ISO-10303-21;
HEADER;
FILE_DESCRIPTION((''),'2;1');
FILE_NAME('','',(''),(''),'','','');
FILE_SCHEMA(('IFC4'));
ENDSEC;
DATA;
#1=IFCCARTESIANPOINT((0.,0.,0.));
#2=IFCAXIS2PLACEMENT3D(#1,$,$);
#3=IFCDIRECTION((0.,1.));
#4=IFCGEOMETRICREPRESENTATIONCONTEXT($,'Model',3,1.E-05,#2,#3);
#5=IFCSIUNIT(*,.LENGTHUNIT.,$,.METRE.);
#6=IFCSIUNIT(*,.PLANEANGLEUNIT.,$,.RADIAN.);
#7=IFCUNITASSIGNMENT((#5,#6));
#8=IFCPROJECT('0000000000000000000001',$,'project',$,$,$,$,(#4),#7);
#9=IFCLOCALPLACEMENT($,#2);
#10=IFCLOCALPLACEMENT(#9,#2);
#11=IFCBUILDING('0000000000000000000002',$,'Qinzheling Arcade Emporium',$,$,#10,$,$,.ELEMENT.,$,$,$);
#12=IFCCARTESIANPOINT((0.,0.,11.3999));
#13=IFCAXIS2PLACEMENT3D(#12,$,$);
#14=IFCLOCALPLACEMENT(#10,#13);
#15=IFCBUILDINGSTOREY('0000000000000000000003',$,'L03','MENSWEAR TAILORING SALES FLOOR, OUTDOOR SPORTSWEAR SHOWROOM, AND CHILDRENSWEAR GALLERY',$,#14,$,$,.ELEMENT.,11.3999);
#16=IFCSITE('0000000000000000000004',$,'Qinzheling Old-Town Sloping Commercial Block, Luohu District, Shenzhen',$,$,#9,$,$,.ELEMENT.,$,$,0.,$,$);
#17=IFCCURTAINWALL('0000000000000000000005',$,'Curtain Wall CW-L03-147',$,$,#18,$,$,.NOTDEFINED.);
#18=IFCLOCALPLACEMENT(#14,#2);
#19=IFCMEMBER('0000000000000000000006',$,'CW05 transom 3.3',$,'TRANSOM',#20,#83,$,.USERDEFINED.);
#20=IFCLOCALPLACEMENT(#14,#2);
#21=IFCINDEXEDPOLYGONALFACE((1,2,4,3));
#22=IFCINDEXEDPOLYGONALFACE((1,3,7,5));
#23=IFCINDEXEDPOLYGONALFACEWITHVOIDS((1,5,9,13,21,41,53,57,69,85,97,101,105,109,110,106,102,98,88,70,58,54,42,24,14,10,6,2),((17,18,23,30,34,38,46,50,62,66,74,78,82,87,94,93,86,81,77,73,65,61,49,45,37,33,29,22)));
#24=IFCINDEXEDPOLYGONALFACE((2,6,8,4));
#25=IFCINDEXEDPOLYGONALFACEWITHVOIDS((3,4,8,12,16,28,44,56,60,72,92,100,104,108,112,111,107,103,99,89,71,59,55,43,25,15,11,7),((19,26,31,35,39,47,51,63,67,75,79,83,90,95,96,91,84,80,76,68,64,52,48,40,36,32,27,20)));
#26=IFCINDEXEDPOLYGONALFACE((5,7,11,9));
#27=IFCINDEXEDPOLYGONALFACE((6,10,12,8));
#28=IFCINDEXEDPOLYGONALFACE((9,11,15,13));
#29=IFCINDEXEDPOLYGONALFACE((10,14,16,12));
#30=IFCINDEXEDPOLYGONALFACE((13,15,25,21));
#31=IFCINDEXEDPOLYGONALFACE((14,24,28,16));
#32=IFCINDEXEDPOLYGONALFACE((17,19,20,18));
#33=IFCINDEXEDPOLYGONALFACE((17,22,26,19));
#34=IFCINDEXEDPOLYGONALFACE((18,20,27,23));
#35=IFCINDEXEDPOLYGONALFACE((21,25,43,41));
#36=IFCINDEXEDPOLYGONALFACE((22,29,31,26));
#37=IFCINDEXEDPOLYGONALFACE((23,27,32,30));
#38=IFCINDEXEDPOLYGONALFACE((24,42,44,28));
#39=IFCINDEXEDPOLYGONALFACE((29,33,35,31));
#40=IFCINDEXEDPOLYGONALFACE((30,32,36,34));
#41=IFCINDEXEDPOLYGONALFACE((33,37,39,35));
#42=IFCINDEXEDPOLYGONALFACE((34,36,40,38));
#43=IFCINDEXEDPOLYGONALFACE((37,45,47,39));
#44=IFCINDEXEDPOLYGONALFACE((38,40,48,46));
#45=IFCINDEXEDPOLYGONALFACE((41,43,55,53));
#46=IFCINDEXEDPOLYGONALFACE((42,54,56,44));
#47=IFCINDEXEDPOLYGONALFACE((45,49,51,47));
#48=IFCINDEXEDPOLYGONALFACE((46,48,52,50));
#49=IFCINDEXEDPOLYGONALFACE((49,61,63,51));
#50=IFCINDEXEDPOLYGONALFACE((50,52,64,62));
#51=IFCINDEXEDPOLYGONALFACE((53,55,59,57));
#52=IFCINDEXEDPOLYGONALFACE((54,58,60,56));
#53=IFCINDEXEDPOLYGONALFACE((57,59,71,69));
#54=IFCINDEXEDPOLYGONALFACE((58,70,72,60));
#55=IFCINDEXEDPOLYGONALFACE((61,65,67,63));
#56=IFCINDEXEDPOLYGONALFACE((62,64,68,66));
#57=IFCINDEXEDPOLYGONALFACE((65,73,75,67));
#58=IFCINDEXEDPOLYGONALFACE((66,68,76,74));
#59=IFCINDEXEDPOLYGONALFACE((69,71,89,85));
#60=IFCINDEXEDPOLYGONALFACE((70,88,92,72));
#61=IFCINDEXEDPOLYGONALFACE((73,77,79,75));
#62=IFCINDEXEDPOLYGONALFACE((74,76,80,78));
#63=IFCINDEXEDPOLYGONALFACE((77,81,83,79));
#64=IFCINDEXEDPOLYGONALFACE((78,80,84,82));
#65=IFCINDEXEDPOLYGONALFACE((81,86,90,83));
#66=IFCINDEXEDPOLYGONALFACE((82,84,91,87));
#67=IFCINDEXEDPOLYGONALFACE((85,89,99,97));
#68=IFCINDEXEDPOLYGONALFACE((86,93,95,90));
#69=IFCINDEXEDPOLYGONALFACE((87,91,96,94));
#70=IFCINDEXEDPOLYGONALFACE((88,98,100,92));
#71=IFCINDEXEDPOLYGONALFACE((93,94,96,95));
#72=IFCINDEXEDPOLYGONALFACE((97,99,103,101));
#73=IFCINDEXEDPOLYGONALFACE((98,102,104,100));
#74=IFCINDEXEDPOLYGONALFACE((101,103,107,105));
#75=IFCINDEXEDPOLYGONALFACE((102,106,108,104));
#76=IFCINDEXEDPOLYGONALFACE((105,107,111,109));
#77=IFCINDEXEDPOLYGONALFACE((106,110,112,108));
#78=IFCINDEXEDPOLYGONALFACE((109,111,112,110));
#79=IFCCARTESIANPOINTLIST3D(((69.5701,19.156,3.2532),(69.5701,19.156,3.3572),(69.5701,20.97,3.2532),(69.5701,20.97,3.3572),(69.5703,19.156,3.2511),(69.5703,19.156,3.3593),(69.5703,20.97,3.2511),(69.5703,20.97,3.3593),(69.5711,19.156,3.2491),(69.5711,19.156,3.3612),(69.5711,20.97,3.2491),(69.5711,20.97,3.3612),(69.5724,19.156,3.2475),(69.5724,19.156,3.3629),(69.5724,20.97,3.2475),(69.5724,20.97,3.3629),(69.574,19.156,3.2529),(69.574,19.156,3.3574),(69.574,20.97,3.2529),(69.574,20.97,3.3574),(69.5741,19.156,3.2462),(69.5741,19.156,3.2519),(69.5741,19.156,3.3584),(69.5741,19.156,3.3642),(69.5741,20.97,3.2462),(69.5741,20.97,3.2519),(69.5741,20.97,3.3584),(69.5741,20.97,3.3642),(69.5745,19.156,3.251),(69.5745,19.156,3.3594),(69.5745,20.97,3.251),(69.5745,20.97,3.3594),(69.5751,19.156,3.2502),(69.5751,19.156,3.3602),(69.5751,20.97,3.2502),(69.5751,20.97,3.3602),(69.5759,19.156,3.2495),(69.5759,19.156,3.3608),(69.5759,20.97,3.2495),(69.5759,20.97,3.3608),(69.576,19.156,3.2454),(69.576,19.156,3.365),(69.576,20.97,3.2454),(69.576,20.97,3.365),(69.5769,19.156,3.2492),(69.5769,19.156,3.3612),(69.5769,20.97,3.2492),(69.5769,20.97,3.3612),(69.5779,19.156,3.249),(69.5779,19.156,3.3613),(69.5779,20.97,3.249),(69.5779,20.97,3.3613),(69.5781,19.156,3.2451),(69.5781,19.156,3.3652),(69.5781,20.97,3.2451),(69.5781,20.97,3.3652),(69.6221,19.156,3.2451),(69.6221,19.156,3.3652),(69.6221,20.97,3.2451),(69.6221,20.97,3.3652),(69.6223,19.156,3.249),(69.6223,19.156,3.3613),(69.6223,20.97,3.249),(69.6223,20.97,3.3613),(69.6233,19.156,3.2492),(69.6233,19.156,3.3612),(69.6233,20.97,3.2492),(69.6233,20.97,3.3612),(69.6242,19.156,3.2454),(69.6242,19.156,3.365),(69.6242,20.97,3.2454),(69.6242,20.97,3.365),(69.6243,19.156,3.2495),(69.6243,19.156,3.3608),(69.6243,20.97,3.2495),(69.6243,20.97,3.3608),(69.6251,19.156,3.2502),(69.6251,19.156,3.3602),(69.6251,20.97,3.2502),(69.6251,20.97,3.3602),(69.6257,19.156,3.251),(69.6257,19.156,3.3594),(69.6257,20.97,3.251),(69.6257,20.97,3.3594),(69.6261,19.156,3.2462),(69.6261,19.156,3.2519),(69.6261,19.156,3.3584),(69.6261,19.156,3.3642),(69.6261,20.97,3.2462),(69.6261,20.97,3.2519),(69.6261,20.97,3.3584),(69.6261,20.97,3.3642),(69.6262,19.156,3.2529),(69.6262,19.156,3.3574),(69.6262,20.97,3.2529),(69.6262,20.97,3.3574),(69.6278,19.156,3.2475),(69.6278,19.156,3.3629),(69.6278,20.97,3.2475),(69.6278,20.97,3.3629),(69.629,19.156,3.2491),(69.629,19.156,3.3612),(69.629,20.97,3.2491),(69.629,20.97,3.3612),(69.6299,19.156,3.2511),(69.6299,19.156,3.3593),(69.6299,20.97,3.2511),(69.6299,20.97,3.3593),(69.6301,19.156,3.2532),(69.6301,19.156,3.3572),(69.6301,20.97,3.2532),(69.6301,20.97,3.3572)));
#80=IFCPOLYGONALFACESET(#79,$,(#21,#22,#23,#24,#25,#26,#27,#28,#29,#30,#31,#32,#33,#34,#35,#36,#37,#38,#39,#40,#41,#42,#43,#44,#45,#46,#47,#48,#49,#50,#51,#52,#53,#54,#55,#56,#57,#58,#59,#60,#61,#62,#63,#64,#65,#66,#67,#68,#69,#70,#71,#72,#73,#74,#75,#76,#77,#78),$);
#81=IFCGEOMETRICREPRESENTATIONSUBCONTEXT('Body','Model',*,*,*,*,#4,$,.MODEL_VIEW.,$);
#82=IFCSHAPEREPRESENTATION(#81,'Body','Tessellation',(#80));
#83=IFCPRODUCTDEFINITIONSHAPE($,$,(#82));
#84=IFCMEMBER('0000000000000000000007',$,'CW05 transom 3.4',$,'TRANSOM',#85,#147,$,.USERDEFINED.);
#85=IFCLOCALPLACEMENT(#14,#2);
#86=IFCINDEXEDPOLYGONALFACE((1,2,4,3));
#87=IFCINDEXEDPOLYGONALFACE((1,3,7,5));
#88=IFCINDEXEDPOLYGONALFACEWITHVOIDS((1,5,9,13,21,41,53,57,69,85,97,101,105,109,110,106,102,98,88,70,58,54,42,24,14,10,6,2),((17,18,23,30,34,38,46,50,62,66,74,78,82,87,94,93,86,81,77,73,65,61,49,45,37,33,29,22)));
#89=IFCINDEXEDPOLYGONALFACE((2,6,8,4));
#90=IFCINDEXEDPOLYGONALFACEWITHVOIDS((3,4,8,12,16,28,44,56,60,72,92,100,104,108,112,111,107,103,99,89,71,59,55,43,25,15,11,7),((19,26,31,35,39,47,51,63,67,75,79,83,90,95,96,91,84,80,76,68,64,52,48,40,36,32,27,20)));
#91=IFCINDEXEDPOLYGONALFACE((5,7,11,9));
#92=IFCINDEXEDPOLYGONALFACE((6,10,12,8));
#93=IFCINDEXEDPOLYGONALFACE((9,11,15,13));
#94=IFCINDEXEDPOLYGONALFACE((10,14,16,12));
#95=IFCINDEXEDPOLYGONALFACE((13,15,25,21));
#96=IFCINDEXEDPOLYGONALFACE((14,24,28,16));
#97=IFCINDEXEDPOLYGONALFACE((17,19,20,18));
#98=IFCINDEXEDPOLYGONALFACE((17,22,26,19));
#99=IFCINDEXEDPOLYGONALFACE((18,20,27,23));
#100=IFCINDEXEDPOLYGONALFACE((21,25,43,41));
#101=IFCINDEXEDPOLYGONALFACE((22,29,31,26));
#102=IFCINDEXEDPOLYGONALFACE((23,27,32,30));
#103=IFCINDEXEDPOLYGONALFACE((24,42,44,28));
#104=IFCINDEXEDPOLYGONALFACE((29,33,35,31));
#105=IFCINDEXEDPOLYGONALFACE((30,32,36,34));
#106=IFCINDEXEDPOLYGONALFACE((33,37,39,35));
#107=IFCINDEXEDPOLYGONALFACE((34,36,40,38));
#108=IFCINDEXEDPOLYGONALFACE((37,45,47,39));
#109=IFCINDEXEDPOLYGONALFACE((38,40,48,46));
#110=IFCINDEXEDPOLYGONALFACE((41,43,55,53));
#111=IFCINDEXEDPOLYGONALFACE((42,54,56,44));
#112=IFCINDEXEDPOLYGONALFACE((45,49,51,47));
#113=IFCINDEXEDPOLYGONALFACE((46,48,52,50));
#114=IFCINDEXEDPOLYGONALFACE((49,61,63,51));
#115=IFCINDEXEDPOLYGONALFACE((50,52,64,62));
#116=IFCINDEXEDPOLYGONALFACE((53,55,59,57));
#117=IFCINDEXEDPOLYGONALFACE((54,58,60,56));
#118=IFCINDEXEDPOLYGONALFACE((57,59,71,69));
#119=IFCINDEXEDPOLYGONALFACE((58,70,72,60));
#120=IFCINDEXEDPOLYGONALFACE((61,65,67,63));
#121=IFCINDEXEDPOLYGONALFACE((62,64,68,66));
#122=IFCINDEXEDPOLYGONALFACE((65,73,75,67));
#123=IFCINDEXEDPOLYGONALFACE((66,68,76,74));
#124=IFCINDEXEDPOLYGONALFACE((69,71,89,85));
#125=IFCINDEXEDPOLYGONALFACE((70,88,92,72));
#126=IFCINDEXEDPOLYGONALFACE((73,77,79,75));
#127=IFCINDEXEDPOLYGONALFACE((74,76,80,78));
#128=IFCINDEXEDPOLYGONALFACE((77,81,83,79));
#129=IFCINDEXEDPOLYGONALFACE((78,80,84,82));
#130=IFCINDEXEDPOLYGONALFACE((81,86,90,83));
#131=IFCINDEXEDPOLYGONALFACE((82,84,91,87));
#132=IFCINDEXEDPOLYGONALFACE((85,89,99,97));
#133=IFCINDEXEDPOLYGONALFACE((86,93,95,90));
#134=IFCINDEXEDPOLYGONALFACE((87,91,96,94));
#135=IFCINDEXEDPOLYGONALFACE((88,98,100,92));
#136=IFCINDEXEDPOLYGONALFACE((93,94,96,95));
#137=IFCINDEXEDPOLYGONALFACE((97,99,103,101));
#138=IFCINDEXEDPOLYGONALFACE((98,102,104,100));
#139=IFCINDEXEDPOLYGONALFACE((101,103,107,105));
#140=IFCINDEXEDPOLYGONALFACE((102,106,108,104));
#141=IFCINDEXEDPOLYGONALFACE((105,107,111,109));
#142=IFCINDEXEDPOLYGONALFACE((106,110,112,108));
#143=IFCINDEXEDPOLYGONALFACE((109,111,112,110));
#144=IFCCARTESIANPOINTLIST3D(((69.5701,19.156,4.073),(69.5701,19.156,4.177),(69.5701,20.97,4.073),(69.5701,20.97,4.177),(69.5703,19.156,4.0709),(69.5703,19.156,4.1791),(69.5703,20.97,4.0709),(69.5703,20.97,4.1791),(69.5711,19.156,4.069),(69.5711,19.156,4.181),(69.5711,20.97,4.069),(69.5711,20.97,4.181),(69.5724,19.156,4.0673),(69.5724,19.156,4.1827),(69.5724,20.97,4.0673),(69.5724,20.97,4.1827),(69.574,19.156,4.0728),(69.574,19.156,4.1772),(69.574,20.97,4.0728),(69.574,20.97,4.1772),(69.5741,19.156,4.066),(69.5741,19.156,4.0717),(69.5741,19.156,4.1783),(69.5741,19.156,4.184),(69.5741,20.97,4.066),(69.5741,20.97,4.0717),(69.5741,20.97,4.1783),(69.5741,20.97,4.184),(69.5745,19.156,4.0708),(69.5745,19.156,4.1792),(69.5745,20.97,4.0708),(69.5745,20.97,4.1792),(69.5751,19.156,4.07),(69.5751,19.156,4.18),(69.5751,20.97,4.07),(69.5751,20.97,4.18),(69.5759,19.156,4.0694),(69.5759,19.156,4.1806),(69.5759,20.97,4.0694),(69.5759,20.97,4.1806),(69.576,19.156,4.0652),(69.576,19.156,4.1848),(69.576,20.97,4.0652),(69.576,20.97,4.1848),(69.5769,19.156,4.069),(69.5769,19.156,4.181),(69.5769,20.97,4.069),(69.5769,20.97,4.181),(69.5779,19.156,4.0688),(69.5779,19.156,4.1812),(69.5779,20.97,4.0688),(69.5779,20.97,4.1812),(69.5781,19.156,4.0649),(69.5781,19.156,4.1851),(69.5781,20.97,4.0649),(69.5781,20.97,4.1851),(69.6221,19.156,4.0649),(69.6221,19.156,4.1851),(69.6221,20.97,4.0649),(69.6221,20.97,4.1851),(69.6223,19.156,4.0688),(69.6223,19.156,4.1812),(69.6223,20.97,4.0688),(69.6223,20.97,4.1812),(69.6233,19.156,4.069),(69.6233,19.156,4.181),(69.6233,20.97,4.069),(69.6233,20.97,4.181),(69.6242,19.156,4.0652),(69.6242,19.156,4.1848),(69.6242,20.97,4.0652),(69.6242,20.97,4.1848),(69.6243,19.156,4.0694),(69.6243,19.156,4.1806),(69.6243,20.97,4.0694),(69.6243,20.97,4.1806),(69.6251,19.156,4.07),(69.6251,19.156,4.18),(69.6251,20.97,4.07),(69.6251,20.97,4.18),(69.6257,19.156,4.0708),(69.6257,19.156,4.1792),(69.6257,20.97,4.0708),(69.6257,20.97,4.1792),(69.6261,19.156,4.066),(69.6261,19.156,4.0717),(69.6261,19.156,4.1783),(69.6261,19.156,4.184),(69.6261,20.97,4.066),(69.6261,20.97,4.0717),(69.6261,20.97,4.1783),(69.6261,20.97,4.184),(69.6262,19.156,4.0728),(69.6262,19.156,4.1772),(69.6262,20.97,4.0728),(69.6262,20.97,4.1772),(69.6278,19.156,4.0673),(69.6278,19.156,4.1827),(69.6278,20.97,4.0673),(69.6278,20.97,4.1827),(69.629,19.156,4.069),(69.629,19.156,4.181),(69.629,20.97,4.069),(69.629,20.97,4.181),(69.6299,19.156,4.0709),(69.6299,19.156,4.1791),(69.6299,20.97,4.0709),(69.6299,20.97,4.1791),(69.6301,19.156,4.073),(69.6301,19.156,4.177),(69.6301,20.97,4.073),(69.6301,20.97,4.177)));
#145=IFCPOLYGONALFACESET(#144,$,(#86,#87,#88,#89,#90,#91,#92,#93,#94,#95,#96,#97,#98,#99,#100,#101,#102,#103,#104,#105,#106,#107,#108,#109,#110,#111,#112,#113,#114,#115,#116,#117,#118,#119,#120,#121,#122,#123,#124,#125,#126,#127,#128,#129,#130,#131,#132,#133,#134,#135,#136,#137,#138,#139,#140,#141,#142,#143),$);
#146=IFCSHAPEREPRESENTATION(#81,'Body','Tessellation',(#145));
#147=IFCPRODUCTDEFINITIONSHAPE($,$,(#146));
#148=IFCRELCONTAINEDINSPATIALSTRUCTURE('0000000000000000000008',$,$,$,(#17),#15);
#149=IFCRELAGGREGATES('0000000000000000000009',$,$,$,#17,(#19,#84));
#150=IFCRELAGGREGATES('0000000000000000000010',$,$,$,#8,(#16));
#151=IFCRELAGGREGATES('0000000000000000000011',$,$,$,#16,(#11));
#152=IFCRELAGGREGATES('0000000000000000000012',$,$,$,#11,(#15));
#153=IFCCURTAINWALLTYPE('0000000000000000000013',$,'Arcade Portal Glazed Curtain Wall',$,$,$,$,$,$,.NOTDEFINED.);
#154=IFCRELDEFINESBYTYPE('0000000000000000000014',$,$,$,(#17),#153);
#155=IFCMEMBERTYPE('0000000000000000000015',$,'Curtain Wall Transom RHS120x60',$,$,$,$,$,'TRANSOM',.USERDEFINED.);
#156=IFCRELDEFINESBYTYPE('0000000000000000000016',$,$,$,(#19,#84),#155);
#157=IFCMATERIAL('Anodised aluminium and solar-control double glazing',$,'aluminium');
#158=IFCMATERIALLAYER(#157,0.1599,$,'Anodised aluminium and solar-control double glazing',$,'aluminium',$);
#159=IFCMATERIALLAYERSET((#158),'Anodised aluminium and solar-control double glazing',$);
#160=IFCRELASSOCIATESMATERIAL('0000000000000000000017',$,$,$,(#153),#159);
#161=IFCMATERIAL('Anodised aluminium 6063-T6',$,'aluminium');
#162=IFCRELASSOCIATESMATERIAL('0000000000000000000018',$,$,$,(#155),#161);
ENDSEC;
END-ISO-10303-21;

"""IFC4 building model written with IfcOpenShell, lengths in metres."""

from ifc_helpers import new_model, si_unit, direction, frame, origin, origin_2d, place, context, subcontext, project, spatial, hollow_rectangle, extrude, material, layer, layer_set, material_profile, profile_set, type_object, element, aggregate, save


model = new_model("IFC4")

# Units and contexts
model_context = context("Model", 3, precision=1e-05, world=origin(), true_north=direction((0.0, 1.0)))
body_context = subcontext(model_context, "Body", "Model", "MODEL_VIEW")
ifc_project = project(units=[si_unit("LENGTHUNIT", "METRE"), si_unit("PLANEANGLEUNIT", "RADIAN")], contexts=[model_context])

# Site, building, storey
site_placement = place(None, origin())
site = spatial("IfcSite", under=ifc_project, at=site_placement, Name="Qinzheling Old-Town Sloping Commercial Block, Luohu District, Shenzhen", CompositionType="ELEMENT", RefElevation=0.0)
building_placement = place(site_placement, origin())
building = spatial("IfcBuilding", under=site, at=building_placement, Name="Qinzheling Arcade Emporium", CompositionType="ELEMENT")
storey_placement = place(building_placement, frame((0.0, 0.0, 11.3999)))
storey = spatial("IfcBuildingStorey", under=building, at=storey_placement, Name="L03", Description="MENSWEAR TAILORING SALES FLOOR, OUTDOOR SPORTSWEAR SHOWROOM, AND CHILDRENSWEAR GALLERY", CompositionType="ELEMENT", Elevation=11.3999)

# Shared definitions
ifc_material_1 = material(Name="Anodised aluminium and solar-control double glazing", Category="aluminium")
ifc_layer_1 = layer(ifc_material_1, 0.1599, Name="Anodised aluminium and solar-control double glazing", Category="aluminium")
ifc_layer_set_1 = layer_set([ifc_layer_1], Name="Anodised aluminium and solar-control double glazing")
curtain_wall_type = type_object("IfcCurtainWallType", Name="Arcade Portal Glazed Curtain Wall", PredefinedType="NOTDEFINED", material=ifc_layer_set_1)
ifc_material_2 = material(Name="Anodised aluminium 6063-T6", Category="aluminium")

# Curtain wall
curtain_wall_1_placement = place(storey_placement, origin())
curtain_wall_1 = element("IfcCurtainWall", 1, at=curtain_wall_1_placement, inside=storey, type_object=curtain_wall_type, Name="Curtain Wall CW-L03-147", PredefinedType="NOTDEFINED")

# Members
ifc_material_profile_1 = material_profile(ifc_material_2, hollow_rectangle(XDim=0.0601, YDim=0.1201, WallThickness=0.0039, InnerFilletRadius=0.0039, OuterFilletRadius=0.0081, at=origin_2d()), Name="RHS 120x60x4", Category="aluminium")
ifc_profile_set_1 = profile_set([ifc_material_profile_1], Name="Anodised aluminium 6063-T6")
member_type_1 = type_object("IfcMemberType", Name="Curtain Wall Transom RHS120x60", ElementType="TRANSOM", PredefinedType="USERDEFINED", material=ifc_profile_set_1)
member_1_placement = place(storey_placement, frame((69.6001, 20.97, 3.3052), z_axis=(0.0, -1.0, 0.0), x_axis=(1.0, 0.0, 0.0)))
member_1 = element("IfcMember", 2, at=member_1_placement, type_object=member_type_1, Name="CW05 transom 3.3", ObjectType="TRANSOM", PredefinedType="USERDEFINED", context=body_context, shape_type="SweptSolid", body=[
    extrude(hollow_rectangle(XDim=0.0601, YDim=0.1201, WallThickness=0.0039, InnerFilletRadius=0.0039, OuterFilletRadius=0.0081, at=origin_2d()), origin(), (0.0, 0.0, 1.0), 1.814),
])
member_2_placement = place(storey_placement, frame((69.6001, 20.97, 4.125), z_axis=(0.0, -1.0, 0.0), x_axis=(1.0, 0.0, 0.0)))
member_2 = element("IfcMember", 3, at=member_2_placement, type_object=member_type_1, Name="CW05 transom 3.4", ObjectType="TRANSOM", PredefinedType="USERDEFINED", context=body_context, shape_type="SweptSolid", body=[
    extrude(hollow_rectangle(XDim=0.0601, YDim=0.1201, WallThickness=0.0039, InnerFilletRadius=0.0039, OuterFilletRadius=0.0081, at=origin_2d()), origin(), (0.0, 0.0, 1.0), 1.814),
])

aggregate(curtain_wall_1, [member_1, member_2])

save(model, "model.ifc")
